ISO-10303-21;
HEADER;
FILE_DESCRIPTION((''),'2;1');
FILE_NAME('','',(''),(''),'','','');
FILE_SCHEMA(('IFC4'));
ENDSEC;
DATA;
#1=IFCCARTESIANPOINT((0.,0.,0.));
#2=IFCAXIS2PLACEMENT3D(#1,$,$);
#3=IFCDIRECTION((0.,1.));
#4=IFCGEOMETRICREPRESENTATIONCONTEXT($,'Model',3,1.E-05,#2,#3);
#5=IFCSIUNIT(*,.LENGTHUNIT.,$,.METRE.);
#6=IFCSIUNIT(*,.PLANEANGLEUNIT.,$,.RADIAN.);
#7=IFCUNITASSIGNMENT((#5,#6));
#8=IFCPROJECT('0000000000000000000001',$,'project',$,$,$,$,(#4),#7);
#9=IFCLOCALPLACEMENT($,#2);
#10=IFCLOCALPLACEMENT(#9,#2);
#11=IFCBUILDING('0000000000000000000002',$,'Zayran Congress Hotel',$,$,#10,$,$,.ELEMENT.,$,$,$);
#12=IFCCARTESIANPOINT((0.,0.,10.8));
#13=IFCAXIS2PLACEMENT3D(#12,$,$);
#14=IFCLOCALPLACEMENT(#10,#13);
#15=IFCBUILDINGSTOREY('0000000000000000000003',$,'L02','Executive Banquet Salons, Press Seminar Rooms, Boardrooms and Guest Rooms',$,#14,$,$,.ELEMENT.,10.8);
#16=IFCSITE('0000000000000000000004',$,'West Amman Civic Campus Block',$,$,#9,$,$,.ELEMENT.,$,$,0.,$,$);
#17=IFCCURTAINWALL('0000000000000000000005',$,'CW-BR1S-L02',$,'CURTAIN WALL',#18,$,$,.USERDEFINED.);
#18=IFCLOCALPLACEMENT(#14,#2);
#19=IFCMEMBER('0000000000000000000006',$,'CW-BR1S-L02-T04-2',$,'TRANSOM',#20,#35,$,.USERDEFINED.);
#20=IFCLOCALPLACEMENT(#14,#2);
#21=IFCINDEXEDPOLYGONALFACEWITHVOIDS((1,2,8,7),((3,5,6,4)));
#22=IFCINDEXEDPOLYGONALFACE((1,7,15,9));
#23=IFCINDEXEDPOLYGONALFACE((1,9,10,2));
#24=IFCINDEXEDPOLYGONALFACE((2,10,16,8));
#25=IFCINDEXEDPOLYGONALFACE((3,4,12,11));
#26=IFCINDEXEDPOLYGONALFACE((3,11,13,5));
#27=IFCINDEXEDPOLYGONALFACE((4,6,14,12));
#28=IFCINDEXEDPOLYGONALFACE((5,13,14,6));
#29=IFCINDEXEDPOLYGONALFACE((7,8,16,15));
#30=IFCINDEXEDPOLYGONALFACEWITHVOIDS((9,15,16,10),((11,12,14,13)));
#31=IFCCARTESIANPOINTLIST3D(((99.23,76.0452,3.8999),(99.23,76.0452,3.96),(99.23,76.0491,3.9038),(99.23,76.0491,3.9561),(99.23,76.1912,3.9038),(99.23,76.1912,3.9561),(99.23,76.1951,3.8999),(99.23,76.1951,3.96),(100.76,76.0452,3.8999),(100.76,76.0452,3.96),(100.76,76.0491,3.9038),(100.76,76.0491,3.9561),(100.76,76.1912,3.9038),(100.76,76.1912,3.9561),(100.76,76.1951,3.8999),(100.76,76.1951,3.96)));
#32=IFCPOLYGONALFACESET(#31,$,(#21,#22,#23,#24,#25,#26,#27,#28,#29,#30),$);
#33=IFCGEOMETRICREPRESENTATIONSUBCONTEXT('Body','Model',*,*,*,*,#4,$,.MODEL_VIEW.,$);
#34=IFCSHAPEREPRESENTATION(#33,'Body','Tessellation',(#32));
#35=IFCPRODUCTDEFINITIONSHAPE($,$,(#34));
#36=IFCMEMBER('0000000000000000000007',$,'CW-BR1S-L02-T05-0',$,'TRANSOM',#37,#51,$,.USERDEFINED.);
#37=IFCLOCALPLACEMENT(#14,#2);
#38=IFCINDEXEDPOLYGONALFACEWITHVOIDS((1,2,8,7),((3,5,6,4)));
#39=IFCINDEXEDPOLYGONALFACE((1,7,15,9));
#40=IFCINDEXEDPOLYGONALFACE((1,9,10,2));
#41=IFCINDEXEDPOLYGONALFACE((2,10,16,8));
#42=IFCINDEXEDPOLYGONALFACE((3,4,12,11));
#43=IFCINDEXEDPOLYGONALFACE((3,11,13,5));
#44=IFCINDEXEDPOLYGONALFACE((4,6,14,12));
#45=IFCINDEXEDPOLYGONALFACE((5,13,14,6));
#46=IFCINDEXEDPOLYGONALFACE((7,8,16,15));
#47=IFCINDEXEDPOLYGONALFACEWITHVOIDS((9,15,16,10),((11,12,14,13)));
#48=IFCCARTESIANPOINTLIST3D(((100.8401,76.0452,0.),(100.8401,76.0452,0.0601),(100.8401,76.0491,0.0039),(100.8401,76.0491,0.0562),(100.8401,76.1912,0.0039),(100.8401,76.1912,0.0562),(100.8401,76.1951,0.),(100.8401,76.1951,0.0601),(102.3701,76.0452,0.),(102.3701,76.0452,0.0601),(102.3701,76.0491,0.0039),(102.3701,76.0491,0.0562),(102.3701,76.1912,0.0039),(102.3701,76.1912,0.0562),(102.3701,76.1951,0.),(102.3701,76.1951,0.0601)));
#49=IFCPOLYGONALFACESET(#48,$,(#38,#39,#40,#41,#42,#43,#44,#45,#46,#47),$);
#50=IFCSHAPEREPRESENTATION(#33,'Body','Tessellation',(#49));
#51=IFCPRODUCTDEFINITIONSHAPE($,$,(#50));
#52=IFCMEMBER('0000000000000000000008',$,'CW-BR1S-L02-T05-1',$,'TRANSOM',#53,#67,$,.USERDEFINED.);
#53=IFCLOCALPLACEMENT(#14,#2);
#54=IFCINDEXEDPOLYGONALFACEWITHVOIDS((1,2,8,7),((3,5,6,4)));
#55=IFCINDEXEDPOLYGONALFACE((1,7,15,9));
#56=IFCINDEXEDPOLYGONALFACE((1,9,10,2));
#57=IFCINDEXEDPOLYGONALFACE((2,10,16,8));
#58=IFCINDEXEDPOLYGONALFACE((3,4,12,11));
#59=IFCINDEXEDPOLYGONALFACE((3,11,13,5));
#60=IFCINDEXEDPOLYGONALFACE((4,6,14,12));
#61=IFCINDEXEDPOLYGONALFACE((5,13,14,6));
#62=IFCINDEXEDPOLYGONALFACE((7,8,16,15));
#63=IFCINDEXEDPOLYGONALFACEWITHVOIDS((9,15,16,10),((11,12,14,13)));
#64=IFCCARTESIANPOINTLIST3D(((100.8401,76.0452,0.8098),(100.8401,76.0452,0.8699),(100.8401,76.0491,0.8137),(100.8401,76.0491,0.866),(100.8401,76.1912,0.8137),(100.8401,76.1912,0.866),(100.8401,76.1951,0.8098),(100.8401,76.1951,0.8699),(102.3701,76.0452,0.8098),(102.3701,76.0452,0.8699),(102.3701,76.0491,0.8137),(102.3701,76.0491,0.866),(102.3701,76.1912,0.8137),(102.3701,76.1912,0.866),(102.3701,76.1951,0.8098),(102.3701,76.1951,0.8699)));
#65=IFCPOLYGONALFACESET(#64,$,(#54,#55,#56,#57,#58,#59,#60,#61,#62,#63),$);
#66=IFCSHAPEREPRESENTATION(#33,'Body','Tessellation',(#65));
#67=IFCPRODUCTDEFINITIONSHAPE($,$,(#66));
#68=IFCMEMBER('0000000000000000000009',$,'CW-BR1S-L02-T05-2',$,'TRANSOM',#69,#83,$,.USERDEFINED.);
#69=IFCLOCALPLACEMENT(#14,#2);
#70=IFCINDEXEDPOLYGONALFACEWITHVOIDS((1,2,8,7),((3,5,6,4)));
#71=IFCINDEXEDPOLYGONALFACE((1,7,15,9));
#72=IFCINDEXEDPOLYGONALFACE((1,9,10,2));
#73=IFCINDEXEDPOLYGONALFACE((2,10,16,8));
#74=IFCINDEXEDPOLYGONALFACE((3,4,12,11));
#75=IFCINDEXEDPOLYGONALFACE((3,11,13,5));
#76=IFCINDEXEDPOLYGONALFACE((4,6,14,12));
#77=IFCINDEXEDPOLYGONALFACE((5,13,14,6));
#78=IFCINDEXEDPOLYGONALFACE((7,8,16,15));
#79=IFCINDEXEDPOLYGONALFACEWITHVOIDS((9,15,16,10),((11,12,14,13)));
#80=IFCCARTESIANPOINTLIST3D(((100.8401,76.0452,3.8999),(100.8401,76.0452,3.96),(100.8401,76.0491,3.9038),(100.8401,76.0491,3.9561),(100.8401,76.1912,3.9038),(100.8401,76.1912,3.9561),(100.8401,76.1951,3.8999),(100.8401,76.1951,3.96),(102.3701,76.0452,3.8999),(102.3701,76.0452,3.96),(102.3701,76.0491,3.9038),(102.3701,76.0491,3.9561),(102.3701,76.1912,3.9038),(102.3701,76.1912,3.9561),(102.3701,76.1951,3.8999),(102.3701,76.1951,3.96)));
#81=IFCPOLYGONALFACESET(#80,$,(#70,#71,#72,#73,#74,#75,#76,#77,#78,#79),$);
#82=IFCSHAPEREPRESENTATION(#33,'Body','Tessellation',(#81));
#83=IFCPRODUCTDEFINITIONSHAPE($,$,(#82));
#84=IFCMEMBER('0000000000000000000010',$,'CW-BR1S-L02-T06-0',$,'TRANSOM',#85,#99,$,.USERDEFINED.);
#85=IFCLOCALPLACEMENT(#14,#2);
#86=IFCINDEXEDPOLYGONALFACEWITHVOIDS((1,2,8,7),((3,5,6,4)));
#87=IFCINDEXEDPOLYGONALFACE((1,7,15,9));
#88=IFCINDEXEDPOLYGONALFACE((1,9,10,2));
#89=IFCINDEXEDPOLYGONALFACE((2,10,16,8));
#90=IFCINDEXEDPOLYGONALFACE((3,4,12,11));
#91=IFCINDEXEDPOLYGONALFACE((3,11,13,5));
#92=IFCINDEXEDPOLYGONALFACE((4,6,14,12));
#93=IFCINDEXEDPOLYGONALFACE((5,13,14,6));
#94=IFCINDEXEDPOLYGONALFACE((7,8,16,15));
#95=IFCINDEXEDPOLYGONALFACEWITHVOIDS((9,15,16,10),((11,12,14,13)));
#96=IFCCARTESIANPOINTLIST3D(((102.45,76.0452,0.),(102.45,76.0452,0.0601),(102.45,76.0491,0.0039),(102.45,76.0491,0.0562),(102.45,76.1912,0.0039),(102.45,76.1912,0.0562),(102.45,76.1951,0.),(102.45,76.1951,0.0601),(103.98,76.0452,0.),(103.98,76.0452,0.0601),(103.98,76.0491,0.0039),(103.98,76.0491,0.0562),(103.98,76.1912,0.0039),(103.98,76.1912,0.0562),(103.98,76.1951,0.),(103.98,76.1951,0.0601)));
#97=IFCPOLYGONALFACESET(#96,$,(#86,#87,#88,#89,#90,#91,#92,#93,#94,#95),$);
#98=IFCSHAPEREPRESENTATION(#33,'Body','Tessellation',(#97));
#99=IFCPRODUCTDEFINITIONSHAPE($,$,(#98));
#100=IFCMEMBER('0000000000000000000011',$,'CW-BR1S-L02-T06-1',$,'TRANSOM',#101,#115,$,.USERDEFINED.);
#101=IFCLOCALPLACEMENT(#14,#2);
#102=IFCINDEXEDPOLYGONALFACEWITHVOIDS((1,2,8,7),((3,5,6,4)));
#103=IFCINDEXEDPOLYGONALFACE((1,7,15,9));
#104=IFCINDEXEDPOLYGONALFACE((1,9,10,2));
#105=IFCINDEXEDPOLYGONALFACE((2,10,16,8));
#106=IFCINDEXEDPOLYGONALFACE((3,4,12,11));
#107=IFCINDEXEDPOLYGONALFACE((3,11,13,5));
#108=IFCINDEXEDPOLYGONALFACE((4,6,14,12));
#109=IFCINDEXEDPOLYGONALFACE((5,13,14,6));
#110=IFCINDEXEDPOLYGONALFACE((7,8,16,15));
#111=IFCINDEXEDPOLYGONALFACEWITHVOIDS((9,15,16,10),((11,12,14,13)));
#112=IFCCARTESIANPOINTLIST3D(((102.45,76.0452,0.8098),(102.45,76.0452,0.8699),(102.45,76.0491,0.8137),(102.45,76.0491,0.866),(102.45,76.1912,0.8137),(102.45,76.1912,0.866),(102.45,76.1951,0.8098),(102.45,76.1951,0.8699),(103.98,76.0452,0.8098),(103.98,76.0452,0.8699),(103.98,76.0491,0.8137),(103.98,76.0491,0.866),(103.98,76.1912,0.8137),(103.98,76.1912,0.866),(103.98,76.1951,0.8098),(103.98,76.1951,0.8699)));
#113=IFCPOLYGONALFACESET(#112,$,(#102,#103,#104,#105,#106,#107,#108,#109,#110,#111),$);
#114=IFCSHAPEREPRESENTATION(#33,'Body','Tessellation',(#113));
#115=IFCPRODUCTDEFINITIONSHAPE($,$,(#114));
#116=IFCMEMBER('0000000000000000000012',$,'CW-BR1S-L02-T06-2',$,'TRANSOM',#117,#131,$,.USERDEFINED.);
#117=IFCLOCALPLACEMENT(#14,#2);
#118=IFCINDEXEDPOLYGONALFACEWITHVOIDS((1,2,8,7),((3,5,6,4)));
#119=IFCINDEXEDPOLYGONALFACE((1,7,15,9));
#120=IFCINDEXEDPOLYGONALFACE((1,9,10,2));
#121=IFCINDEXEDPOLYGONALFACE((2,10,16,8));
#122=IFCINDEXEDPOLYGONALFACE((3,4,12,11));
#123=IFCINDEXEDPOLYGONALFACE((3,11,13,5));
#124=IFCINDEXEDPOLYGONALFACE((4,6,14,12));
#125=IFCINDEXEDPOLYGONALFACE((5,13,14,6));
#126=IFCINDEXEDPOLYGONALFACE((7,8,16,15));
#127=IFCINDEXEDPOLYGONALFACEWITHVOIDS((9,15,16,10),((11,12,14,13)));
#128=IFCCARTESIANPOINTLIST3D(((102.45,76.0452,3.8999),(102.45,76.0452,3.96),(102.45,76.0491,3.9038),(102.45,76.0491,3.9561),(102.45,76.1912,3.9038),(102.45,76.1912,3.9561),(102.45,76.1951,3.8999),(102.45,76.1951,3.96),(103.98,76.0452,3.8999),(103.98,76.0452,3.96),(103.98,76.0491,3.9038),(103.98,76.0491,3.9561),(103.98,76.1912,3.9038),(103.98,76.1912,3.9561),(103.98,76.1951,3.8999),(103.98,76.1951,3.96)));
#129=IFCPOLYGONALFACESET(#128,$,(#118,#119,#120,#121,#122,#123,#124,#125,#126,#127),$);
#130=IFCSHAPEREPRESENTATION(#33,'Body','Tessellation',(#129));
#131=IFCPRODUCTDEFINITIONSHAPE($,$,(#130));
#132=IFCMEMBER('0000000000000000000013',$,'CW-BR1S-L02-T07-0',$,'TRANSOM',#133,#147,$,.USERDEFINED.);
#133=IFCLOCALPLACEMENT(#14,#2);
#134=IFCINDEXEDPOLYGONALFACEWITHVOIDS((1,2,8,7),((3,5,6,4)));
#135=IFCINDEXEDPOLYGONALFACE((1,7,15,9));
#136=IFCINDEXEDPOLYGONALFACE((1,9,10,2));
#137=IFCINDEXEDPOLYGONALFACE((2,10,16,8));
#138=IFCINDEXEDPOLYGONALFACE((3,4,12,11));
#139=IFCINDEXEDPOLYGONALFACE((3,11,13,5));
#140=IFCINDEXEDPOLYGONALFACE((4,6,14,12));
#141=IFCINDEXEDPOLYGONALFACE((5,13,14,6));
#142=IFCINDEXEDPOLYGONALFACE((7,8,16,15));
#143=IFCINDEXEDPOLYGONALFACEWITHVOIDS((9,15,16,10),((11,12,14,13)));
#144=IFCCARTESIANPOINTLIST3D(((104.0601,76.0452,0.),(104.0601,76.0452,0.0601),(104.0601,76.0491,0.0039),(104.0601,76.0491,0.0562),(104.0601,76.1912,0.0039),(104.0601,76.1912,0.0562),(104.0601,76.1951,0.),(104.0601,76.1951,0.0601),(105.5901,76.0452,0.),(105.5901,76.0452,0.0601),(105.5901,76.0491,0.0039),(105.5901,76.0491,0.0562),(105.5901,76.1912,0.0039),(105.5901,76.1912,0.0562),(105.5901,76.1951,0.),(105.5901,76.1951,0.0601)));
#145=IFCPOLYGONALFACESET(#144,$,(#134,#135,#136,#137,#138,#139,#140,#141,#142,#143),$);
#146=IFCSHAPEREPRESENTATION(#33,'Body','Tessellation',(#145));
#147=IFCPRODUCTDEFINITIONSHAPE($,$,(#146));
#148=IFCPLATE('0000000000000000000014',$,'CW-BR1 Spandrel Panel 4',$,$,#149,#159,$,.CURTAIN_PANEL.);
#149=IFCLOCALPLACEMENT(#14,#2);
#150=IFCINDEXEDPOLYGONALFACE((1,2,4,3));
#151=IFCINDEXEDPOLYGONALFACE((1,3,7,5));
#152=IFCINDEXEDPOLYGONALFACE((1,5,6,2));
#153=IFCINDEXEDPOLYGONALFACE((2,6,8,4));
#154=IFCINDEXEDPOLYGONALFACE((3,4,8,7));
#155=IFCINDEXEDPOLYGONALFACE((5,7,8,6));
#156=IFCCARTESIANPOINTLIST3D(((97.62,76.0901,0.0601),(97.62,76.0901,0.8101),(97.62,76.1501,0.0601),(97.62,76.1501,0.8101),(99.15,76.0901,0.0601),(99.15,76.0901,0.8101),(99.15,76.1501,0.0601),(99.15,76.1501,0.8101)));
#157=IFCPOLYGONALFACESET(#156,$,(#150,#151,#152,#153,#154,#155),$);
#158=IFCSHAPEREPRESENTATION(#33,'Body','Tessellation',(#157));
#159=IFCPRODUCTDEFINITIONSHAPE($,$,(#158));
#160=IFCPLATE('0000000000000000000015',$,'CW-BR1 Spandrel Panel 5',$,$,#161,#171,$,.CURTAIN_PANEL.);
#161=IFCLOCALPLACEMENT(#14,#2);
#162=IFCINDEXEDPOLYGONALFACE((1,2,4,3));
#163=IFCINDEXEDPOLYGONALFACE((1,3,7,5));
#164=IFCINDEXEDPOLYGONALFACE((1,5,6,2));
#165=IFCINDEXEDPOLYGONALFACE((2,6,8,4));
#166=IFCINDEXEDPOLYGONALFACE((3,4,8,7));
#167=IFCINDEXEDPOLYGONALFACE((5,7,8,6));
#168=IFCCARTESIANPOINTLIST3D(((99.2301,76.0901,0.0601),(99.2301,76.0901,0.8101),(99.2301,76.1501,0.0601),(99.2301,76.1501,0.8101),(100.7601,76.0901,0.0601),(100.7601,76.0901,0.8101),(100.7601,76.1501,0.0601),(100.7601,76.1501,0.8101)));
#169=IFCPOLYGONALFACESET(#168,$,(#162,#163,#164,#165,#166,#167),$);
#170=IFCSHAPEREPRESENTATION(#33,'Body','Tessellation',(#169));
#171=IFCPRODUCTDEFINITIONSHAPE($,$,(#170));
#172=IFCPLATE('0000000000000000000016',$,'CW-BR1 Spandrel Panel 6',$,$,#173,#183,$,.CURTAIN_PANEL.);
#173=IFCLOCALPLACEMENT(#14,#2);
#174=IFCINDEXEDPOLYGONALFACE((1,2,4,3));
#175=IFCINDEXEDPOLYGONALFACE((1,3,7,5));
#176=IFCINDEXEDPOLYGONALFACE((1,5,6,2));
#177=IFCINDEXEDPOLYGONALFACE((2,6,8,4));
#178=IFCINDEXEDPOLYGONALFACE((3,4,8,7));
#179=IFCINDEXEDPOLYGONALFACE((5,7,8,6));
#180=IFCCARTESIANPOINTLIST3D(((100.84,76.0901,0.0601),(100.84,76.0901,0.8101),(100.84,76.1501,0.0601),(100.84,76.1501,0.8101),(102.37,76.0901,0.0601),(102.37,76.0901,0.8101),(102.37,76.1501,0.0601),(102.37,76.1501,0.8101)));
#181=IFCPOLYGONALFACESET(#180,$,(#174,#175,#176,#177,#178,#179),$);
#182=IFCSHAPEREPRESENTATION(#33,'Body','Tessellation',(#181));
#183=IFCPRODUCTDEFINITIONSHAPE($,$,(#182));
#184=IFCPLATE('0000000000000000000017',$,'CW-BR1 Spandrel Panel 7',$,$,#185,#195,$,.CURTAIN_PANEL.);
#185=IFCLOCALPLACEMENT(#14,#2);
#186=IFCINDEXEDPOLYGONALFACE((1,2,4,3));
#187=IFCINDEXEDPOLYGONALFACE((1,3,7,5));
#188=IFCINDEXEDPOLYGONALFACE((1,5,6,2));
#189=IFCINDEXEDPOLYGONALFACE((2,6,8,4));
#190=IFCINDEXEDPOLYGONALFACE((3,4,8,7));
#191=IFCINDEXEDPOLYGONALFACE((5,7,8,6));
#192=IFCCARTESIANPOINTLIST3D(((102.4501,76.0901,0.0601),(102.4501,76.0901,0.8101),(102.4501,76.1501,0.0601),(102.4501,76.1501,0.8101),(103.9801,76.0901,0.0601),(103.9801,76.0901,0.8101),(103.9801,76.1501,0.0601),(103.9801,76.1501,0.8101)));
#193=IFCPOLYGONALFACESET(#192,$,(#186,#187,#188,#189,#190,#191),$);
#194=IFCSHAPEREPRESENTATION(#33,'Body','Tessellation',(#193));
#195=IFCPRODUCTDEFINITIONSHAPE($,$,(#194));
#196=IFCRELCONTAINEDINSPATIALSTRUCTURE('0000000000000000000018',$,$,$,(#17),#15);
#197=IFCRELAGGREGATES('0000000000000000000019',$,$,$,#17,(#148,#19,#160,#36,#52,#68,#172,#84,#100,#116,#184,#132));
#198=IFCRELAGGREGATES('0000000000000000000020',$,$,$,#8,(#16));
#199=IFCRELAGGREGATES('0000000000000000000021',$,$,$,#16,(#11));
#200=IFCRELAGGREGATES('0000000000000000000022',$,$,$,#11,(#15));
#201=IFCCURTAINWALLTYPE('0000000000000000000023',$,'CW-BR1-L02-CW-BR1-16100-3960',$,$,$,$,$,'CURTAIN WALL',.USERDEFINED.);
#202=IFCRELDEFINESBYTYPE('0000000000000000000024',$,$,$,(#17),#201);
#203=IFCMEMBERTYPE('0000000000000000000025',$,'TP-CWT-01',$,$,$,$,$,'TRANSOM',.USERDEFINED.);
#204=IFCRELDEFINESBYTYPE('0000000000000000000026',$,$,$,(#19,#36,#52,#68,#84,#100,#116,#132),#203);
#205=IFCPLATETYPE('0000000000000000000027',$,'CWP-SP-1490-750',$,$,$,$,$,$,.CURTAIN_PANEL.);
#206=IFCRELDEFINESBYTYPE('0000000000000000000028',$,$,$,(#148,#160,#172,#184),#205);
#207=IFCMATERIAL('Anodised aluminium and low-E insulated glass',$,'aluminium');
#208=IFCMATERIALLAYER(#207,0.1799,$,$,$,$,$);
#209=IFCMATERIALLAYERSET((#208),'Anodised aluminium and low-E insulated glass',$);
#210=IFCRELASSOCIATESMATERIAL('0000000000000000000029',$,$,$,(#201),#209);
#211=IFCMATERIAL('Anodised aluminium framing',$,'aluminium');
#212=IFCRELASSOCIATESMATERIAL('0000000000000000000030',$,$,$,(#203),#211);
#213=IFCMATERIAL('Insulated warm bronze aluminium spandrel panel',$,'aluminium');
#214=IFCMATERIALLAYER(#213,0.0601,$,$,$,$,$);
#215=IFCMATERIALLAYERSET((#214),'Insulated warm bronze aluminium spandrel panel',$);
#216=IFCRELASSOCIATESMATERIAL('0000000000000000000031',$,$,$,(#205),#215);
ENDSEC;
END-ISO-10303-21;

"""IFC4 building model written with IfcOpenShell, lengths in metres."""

from ifc_helpers import new_model, si_unit, direction, frame, origin, origin_2d, place, context, subcontext, project, spatial, rectangle, hollow_rectangle, extrude, material, layer, layer_set, material_profile, profile_set, type_object, element, aggregate, save


model = new_model("IFC4")

# Units and contexts
model_context = context("Model", 3, precision=1e-05, world=origin(), true_north=direction((0.0, 1.0)))
body_context = subcontext(model_context, "Body", "Model", "MODEL_VIEW")
ifc_project = project(units=[si_unit("LENGTHUNIT", "METRE"), si_unit("PLANEANGLEUNIT", "RADIAN")], contexts=[model_context])

# Site, building, storey
site_placement = place(None, origin())
site = spatial("IfcSite", under=ifc_project, at=site_placement, Name="West Amman Civic Campus Block", CompositionType="ELEMENT", RefElevation=0.0)
building_placement = place(site_placement, origin())
building = spatial("IfcBuilding", under=site, at=building_placement, Name="Zayran Congress Hotel", CompositionType="ELEMENT")
storey_placement = place(building_placement, frame((0.0, 0.0, 10.8)))
storey = spatial("IfcBuildingStorey", under=building, at=storey_placement, Name="L02", Description="Executive Banquet Salons, Press Seminar Rooms, Boardrooms and Guest Rooms", CompositionType="ELEMENT", Elevation=10.8)

# Curtain wall, members, plates
ifc_material_1 = material(Name="Anodised aluminium and low-E insulated glass", Category="aluminium")
ifc_layer_1 = layer(ifc_material_1, 0.1799)
ifc_layer_set_1 = layer_set([ifc_layer_1], Name="Anodised aluminium and low-E insulated glass")
curtain_wall_type = type_object("IfcCurtainWallType", Name="CW-BR1-L02-CW-BR1-16100-3960", ElementType="CURTAIN WALL", PredefinedType="USERDEFINED", material=ifc_layer_set_1)
curtain_wall_placement = place(storey_placement, origin())
curtain_wall = element("IfcCurtainWall", 1, at=curtain_wall_placement, inside=storey, type_object=curtain_wall_type, Name="CW-BR1S-L02", ObjectType="CURTAIN WALL", PredefinedType="USERDEFINED")
ifc_material_2 = material(Name="Anodised aluminium framing", Category="aluminium")
ifc_material_profile_1 = material_profile(ifc_material_2, hollow_rectangle(XDim=0.0601, YDim=0.1499, WallThickness=0.0039, at=origin_2d()), Name="RHS 150x60x4")
ifc_profile_set_1 = profile_set([ifc_material_profile_1], Name="Anodised aluminium framing")
member_type_1 = type_object("IfcMemberType", Name="TP-CWT-01", ElementType="TRANSOM", PredefinedType="USERDEFINED", material=ifc_profile_set_1)
member_1_placement = place(storey_placement, frame((99.23, 76.1201, 3.9299), z_axis=(1.0, 0.0, 0.0), x_axis=(0.0, 0.0, 1.0)))
member_1 = element("IfcMember", 2, at=member_1_placement, type_object=member_type_1, Name="CW-BR1S-L02-T04-2", ObjectType="TRANSOM", PredefinedType="USERDEFINED", context=body_context, shape_type="SweptSolid", body=[
    extrude(hollow_rectangle(XDim=0.0601, YDim=0.1499, WallThickness=0.0039, at=origin_2d()), origin(), (0.0, 0.0, 1.0), 1.53),
])
member_2_placement = place(storey_placement, frame((100.8401, 76.1201, 0.03), z_axis=(1.0, 0.0, 0.0), x_axis=(0.0, 0.0, 1.0)))
member_2 = element("IfcMember", 3, at=member_2_placement, type_object=member_type_1, Name="CW-BR1S-L02-T05-0", ObjectType="TRANSOM", PredefinedType="USERDEFINED", context=body_context, shape_type="SweptSolid", body=[
    extrude(hollow_rectangle(XDim=0.0601, YDim=0.1499, WallThickness=0.0039, at=origin_2d()), origin(), (0.0, 0.0, 1.0), 1.53),
])
member_3_placement = place(storey_placement, frame((100.8401, 76.1201, 0.8398), z_axis=(1.0, 0.0, 0.0), x_axis=(0.0, 0.0, 1.0)))
member_3 = element("IfcMember", 4, at=member_3_placement, type_object=member_type_1, Name="CW-BR1S-L02-T05-1", ObjectType="TRANSOM", PredefinedType="USERDEFINED", context=body_context, shape_type="SweptSolid", body=[
    extrude(hollow_rectangle(XDim=0.0601, YDim=0.1499, WallThickness=0.0039, at=origin_2d()), origin(), (0.0, 0.0, 1.0), 1.53),
])
member_4_placement = place(storey_placement, frame((100.8401, 76.1201, 3.9299), z_axis=(1.0, 0.0, 0.0), x_axis=(0.0, 0.0, 1.0)))
member_4 = element("IfcMember", 5, at=member_4_placement, type_object=member_type_1, Name="CW-BR1S-L02-T05-2", ObjectType="TRANSOM", PredefinedType="USERDEFINED", context=body_context, shape_type="SweptSolid", body=[
    extrude(hollow_rectangle(XDim=0.0601, YDim=0.1499, WallThickness=0.0039, at=origin_2d()), origin(), (0.0, 0.0, 1.0), 1.53),
])
member_5_placement = place(storey_placement, frame((102.45, 76.1201, 0.03), z_axis=(1.0, 0.0, 0.0), x_axis=(0.0, 0.0, 1.0)))
member_5 = element("IfcMember", 6, at=member_5_placement, type_object=member_type_1, Name="CW-BR1S-L02-T06-0", ObjectType="TRANSOM", PredefinedType="USERDEFINED", context=body_context, shape_type="SweptSolid", body=[
    extrude(hollow_rectangle(XDim=0.0601, YDim=0.1499, WallThickness=0.0039, at=origin_2d()), origin(), (0.0, 0.0, 1.0), 1.53),
])
member_6_placement = place(storey_placement, frame((102.45, 76.1201, 0.8398), z_axis=(1.0, 0.0, 0.0), x_axis=(0.0, 0.0, 1.0)))
member_6 = element("IfcMember", 7, at=member_6_placement, type_object=member_type_1, Name="CW-BR1S-L02-T06-1", ObjectType="TRANSOM", PredefinedType="USERDEFINED", context=body_context, shape_type="SweptSolid", body=[
    extrude(hollow_rectangle(XDim=0.0601, YDim=0.1499, WallThickness=0.0039, at=origin_2d()), origin(), (0.0, 0.0, 1.0), 1.53),
])
member_7_placement = place(storey_placement, frame((102.45, 76.1201, 3.9299), z_axis=(1.0, 0.0, 0.0), x_axis=(0.0, 0.0, 1.0)))
member_7 = element("IfcMember", 8, at=member_7_placement, type_object=member_type_1, Name="CW-BR1S-L02-T06-2", ObjectType="TRANSOM", PredefinedType="USERDEFINED", context=body_context, shape_type="SweptSolid", body=[
    extrude(hollow_rectangle(XDim=0.0601, YDim=0.1499, WallThickness=0.0039, at=origin_2d()), origin(), (0.0, 0.0, 1.0), 1.53),
])
member_8_placement = place(storey_placement, frame((104.0601, 76.1201, 0.03), z_axis=(1.0, 0.0, 0.0), x_axis=(0.0, 0.0, 1.0)))
member_8 = element("IfcMember", 9, at=member_8_placement, type_object=member_type_1, Name="CW-BR1S-L02-T07-0", ObjectType="TRANSOM", PredefinedType="USERDEFINED", context=body_context, shape_type="SweptSolid", body=[
    extrude(hollow_rectangle(XDim=0.0601, YDim=0.1499, WallThickness=0.0039, at=origin_2d()), origin(), (0.0, 0.0, 1.0), 1.53),
])
ifc_material_3 = material(Name="Insulated warm bronze aluminium spandrel panel", Category="aluminium")
ifc_layer_2 = layer(ifc_material_3, 0.0601)
ifc_layer_set_2 = layer_set([ifc_layer_2], Name="Insulated warm bronze aluminium spandrel panel")
plate_type_1 = type_object("IfcPlateType", Name="CWP-SP-1490-750", PredefinedType="CURTAIN_PANEL", material=ifc_layer_set_2)
plate_1_placement = place(storey_placement, frame((98.385, 76.1201, 0.0601), z_axis=(0.0, 0.0, 1.0), x_axis=(1.0, 0.0, 0.0)))
plate_1 = element("IfcPlate", 10, at=plate_1_placement, type_object=plate_type_1, Name="CW-BR1 Spandrel Panel 4", PredefinedType="CURTAIN_PANEL", context=body_context, shape_type="SweptSolid", body=[
    extrude(rectangle(XDim=1.53, YDim=0.0601, at=origin_2d()), origin(), (0.0, 0.0, 1.0), 0.75),
])
plate_2_placement = place(storey_placement, frame((99.9951, 76.1201, 0.0601), z_axis=(0.0, 0.0, 1.0), x_axis=(1.0, 0.0, 0.0)))
plate_2 = element("IfcPlate", 11, at=plate_2_placement, type_object=plate_type_1, Name="CW-BR1 Spandrel Panel 5", PredefinedType="CURTAIN_PANEL", context=body_context, shape_type="SweptSolid", body=[
    extrude(rectangle(XDim=1.53, YDim=0.0601, at=origin_2d()), origin(), (0.0, 0.0, 1.0), 0.75),
])
plate_3_placement = place(storey_placement, frame((101.605, 76.1201, 0.0601), z_axis=(0.0, 0.0, 1.0), x_axis=(1.0, 0.0, 0.0)))
plate_3 = element("IfcPlate", 12, at=plate_3_placement, type_object=plate_type_1, Name="CW-BR1 Spandrel Panel 6", PredefinedType="CURTAIN_PANEL", context=body_context, shape_type="SweptSolid", body=[
    extrude(rectangle(XDim=1.53, YDim=0.0601, at=origin_2d()), origin(), (0.0, 0.0, 1.0), 0.75),
])
plate_4_placement = place(storey_placement, frame((103.2151, 76.1201, 0.0601), z_axis=(0.0, 0.0, 1.0), x_axis=(1.0, 0.0, 0.0)))
plate_4 = element("IfcPlate", 13, at=plate_4_placement, type_object=plate_type_1, Name="CW-BR1 Spandrel Panel 7", PredefinedType="CURTAIN_PANEL", context=body_context, shape_type="SweptSolid", body=[
    extrude(rectangle(XDim=1.53, YDim=0.0601, at=origin_2d()), origin(), (0.0, 0.0, 1.0), 0.75),
])
aggregate(curtain_wall, [plate_1, member_1, plate_2, member_2, member_3, member_4, plate_3, member_5, member_6, member_7, plate_4, member_8])

save(model, "model.ifc")
